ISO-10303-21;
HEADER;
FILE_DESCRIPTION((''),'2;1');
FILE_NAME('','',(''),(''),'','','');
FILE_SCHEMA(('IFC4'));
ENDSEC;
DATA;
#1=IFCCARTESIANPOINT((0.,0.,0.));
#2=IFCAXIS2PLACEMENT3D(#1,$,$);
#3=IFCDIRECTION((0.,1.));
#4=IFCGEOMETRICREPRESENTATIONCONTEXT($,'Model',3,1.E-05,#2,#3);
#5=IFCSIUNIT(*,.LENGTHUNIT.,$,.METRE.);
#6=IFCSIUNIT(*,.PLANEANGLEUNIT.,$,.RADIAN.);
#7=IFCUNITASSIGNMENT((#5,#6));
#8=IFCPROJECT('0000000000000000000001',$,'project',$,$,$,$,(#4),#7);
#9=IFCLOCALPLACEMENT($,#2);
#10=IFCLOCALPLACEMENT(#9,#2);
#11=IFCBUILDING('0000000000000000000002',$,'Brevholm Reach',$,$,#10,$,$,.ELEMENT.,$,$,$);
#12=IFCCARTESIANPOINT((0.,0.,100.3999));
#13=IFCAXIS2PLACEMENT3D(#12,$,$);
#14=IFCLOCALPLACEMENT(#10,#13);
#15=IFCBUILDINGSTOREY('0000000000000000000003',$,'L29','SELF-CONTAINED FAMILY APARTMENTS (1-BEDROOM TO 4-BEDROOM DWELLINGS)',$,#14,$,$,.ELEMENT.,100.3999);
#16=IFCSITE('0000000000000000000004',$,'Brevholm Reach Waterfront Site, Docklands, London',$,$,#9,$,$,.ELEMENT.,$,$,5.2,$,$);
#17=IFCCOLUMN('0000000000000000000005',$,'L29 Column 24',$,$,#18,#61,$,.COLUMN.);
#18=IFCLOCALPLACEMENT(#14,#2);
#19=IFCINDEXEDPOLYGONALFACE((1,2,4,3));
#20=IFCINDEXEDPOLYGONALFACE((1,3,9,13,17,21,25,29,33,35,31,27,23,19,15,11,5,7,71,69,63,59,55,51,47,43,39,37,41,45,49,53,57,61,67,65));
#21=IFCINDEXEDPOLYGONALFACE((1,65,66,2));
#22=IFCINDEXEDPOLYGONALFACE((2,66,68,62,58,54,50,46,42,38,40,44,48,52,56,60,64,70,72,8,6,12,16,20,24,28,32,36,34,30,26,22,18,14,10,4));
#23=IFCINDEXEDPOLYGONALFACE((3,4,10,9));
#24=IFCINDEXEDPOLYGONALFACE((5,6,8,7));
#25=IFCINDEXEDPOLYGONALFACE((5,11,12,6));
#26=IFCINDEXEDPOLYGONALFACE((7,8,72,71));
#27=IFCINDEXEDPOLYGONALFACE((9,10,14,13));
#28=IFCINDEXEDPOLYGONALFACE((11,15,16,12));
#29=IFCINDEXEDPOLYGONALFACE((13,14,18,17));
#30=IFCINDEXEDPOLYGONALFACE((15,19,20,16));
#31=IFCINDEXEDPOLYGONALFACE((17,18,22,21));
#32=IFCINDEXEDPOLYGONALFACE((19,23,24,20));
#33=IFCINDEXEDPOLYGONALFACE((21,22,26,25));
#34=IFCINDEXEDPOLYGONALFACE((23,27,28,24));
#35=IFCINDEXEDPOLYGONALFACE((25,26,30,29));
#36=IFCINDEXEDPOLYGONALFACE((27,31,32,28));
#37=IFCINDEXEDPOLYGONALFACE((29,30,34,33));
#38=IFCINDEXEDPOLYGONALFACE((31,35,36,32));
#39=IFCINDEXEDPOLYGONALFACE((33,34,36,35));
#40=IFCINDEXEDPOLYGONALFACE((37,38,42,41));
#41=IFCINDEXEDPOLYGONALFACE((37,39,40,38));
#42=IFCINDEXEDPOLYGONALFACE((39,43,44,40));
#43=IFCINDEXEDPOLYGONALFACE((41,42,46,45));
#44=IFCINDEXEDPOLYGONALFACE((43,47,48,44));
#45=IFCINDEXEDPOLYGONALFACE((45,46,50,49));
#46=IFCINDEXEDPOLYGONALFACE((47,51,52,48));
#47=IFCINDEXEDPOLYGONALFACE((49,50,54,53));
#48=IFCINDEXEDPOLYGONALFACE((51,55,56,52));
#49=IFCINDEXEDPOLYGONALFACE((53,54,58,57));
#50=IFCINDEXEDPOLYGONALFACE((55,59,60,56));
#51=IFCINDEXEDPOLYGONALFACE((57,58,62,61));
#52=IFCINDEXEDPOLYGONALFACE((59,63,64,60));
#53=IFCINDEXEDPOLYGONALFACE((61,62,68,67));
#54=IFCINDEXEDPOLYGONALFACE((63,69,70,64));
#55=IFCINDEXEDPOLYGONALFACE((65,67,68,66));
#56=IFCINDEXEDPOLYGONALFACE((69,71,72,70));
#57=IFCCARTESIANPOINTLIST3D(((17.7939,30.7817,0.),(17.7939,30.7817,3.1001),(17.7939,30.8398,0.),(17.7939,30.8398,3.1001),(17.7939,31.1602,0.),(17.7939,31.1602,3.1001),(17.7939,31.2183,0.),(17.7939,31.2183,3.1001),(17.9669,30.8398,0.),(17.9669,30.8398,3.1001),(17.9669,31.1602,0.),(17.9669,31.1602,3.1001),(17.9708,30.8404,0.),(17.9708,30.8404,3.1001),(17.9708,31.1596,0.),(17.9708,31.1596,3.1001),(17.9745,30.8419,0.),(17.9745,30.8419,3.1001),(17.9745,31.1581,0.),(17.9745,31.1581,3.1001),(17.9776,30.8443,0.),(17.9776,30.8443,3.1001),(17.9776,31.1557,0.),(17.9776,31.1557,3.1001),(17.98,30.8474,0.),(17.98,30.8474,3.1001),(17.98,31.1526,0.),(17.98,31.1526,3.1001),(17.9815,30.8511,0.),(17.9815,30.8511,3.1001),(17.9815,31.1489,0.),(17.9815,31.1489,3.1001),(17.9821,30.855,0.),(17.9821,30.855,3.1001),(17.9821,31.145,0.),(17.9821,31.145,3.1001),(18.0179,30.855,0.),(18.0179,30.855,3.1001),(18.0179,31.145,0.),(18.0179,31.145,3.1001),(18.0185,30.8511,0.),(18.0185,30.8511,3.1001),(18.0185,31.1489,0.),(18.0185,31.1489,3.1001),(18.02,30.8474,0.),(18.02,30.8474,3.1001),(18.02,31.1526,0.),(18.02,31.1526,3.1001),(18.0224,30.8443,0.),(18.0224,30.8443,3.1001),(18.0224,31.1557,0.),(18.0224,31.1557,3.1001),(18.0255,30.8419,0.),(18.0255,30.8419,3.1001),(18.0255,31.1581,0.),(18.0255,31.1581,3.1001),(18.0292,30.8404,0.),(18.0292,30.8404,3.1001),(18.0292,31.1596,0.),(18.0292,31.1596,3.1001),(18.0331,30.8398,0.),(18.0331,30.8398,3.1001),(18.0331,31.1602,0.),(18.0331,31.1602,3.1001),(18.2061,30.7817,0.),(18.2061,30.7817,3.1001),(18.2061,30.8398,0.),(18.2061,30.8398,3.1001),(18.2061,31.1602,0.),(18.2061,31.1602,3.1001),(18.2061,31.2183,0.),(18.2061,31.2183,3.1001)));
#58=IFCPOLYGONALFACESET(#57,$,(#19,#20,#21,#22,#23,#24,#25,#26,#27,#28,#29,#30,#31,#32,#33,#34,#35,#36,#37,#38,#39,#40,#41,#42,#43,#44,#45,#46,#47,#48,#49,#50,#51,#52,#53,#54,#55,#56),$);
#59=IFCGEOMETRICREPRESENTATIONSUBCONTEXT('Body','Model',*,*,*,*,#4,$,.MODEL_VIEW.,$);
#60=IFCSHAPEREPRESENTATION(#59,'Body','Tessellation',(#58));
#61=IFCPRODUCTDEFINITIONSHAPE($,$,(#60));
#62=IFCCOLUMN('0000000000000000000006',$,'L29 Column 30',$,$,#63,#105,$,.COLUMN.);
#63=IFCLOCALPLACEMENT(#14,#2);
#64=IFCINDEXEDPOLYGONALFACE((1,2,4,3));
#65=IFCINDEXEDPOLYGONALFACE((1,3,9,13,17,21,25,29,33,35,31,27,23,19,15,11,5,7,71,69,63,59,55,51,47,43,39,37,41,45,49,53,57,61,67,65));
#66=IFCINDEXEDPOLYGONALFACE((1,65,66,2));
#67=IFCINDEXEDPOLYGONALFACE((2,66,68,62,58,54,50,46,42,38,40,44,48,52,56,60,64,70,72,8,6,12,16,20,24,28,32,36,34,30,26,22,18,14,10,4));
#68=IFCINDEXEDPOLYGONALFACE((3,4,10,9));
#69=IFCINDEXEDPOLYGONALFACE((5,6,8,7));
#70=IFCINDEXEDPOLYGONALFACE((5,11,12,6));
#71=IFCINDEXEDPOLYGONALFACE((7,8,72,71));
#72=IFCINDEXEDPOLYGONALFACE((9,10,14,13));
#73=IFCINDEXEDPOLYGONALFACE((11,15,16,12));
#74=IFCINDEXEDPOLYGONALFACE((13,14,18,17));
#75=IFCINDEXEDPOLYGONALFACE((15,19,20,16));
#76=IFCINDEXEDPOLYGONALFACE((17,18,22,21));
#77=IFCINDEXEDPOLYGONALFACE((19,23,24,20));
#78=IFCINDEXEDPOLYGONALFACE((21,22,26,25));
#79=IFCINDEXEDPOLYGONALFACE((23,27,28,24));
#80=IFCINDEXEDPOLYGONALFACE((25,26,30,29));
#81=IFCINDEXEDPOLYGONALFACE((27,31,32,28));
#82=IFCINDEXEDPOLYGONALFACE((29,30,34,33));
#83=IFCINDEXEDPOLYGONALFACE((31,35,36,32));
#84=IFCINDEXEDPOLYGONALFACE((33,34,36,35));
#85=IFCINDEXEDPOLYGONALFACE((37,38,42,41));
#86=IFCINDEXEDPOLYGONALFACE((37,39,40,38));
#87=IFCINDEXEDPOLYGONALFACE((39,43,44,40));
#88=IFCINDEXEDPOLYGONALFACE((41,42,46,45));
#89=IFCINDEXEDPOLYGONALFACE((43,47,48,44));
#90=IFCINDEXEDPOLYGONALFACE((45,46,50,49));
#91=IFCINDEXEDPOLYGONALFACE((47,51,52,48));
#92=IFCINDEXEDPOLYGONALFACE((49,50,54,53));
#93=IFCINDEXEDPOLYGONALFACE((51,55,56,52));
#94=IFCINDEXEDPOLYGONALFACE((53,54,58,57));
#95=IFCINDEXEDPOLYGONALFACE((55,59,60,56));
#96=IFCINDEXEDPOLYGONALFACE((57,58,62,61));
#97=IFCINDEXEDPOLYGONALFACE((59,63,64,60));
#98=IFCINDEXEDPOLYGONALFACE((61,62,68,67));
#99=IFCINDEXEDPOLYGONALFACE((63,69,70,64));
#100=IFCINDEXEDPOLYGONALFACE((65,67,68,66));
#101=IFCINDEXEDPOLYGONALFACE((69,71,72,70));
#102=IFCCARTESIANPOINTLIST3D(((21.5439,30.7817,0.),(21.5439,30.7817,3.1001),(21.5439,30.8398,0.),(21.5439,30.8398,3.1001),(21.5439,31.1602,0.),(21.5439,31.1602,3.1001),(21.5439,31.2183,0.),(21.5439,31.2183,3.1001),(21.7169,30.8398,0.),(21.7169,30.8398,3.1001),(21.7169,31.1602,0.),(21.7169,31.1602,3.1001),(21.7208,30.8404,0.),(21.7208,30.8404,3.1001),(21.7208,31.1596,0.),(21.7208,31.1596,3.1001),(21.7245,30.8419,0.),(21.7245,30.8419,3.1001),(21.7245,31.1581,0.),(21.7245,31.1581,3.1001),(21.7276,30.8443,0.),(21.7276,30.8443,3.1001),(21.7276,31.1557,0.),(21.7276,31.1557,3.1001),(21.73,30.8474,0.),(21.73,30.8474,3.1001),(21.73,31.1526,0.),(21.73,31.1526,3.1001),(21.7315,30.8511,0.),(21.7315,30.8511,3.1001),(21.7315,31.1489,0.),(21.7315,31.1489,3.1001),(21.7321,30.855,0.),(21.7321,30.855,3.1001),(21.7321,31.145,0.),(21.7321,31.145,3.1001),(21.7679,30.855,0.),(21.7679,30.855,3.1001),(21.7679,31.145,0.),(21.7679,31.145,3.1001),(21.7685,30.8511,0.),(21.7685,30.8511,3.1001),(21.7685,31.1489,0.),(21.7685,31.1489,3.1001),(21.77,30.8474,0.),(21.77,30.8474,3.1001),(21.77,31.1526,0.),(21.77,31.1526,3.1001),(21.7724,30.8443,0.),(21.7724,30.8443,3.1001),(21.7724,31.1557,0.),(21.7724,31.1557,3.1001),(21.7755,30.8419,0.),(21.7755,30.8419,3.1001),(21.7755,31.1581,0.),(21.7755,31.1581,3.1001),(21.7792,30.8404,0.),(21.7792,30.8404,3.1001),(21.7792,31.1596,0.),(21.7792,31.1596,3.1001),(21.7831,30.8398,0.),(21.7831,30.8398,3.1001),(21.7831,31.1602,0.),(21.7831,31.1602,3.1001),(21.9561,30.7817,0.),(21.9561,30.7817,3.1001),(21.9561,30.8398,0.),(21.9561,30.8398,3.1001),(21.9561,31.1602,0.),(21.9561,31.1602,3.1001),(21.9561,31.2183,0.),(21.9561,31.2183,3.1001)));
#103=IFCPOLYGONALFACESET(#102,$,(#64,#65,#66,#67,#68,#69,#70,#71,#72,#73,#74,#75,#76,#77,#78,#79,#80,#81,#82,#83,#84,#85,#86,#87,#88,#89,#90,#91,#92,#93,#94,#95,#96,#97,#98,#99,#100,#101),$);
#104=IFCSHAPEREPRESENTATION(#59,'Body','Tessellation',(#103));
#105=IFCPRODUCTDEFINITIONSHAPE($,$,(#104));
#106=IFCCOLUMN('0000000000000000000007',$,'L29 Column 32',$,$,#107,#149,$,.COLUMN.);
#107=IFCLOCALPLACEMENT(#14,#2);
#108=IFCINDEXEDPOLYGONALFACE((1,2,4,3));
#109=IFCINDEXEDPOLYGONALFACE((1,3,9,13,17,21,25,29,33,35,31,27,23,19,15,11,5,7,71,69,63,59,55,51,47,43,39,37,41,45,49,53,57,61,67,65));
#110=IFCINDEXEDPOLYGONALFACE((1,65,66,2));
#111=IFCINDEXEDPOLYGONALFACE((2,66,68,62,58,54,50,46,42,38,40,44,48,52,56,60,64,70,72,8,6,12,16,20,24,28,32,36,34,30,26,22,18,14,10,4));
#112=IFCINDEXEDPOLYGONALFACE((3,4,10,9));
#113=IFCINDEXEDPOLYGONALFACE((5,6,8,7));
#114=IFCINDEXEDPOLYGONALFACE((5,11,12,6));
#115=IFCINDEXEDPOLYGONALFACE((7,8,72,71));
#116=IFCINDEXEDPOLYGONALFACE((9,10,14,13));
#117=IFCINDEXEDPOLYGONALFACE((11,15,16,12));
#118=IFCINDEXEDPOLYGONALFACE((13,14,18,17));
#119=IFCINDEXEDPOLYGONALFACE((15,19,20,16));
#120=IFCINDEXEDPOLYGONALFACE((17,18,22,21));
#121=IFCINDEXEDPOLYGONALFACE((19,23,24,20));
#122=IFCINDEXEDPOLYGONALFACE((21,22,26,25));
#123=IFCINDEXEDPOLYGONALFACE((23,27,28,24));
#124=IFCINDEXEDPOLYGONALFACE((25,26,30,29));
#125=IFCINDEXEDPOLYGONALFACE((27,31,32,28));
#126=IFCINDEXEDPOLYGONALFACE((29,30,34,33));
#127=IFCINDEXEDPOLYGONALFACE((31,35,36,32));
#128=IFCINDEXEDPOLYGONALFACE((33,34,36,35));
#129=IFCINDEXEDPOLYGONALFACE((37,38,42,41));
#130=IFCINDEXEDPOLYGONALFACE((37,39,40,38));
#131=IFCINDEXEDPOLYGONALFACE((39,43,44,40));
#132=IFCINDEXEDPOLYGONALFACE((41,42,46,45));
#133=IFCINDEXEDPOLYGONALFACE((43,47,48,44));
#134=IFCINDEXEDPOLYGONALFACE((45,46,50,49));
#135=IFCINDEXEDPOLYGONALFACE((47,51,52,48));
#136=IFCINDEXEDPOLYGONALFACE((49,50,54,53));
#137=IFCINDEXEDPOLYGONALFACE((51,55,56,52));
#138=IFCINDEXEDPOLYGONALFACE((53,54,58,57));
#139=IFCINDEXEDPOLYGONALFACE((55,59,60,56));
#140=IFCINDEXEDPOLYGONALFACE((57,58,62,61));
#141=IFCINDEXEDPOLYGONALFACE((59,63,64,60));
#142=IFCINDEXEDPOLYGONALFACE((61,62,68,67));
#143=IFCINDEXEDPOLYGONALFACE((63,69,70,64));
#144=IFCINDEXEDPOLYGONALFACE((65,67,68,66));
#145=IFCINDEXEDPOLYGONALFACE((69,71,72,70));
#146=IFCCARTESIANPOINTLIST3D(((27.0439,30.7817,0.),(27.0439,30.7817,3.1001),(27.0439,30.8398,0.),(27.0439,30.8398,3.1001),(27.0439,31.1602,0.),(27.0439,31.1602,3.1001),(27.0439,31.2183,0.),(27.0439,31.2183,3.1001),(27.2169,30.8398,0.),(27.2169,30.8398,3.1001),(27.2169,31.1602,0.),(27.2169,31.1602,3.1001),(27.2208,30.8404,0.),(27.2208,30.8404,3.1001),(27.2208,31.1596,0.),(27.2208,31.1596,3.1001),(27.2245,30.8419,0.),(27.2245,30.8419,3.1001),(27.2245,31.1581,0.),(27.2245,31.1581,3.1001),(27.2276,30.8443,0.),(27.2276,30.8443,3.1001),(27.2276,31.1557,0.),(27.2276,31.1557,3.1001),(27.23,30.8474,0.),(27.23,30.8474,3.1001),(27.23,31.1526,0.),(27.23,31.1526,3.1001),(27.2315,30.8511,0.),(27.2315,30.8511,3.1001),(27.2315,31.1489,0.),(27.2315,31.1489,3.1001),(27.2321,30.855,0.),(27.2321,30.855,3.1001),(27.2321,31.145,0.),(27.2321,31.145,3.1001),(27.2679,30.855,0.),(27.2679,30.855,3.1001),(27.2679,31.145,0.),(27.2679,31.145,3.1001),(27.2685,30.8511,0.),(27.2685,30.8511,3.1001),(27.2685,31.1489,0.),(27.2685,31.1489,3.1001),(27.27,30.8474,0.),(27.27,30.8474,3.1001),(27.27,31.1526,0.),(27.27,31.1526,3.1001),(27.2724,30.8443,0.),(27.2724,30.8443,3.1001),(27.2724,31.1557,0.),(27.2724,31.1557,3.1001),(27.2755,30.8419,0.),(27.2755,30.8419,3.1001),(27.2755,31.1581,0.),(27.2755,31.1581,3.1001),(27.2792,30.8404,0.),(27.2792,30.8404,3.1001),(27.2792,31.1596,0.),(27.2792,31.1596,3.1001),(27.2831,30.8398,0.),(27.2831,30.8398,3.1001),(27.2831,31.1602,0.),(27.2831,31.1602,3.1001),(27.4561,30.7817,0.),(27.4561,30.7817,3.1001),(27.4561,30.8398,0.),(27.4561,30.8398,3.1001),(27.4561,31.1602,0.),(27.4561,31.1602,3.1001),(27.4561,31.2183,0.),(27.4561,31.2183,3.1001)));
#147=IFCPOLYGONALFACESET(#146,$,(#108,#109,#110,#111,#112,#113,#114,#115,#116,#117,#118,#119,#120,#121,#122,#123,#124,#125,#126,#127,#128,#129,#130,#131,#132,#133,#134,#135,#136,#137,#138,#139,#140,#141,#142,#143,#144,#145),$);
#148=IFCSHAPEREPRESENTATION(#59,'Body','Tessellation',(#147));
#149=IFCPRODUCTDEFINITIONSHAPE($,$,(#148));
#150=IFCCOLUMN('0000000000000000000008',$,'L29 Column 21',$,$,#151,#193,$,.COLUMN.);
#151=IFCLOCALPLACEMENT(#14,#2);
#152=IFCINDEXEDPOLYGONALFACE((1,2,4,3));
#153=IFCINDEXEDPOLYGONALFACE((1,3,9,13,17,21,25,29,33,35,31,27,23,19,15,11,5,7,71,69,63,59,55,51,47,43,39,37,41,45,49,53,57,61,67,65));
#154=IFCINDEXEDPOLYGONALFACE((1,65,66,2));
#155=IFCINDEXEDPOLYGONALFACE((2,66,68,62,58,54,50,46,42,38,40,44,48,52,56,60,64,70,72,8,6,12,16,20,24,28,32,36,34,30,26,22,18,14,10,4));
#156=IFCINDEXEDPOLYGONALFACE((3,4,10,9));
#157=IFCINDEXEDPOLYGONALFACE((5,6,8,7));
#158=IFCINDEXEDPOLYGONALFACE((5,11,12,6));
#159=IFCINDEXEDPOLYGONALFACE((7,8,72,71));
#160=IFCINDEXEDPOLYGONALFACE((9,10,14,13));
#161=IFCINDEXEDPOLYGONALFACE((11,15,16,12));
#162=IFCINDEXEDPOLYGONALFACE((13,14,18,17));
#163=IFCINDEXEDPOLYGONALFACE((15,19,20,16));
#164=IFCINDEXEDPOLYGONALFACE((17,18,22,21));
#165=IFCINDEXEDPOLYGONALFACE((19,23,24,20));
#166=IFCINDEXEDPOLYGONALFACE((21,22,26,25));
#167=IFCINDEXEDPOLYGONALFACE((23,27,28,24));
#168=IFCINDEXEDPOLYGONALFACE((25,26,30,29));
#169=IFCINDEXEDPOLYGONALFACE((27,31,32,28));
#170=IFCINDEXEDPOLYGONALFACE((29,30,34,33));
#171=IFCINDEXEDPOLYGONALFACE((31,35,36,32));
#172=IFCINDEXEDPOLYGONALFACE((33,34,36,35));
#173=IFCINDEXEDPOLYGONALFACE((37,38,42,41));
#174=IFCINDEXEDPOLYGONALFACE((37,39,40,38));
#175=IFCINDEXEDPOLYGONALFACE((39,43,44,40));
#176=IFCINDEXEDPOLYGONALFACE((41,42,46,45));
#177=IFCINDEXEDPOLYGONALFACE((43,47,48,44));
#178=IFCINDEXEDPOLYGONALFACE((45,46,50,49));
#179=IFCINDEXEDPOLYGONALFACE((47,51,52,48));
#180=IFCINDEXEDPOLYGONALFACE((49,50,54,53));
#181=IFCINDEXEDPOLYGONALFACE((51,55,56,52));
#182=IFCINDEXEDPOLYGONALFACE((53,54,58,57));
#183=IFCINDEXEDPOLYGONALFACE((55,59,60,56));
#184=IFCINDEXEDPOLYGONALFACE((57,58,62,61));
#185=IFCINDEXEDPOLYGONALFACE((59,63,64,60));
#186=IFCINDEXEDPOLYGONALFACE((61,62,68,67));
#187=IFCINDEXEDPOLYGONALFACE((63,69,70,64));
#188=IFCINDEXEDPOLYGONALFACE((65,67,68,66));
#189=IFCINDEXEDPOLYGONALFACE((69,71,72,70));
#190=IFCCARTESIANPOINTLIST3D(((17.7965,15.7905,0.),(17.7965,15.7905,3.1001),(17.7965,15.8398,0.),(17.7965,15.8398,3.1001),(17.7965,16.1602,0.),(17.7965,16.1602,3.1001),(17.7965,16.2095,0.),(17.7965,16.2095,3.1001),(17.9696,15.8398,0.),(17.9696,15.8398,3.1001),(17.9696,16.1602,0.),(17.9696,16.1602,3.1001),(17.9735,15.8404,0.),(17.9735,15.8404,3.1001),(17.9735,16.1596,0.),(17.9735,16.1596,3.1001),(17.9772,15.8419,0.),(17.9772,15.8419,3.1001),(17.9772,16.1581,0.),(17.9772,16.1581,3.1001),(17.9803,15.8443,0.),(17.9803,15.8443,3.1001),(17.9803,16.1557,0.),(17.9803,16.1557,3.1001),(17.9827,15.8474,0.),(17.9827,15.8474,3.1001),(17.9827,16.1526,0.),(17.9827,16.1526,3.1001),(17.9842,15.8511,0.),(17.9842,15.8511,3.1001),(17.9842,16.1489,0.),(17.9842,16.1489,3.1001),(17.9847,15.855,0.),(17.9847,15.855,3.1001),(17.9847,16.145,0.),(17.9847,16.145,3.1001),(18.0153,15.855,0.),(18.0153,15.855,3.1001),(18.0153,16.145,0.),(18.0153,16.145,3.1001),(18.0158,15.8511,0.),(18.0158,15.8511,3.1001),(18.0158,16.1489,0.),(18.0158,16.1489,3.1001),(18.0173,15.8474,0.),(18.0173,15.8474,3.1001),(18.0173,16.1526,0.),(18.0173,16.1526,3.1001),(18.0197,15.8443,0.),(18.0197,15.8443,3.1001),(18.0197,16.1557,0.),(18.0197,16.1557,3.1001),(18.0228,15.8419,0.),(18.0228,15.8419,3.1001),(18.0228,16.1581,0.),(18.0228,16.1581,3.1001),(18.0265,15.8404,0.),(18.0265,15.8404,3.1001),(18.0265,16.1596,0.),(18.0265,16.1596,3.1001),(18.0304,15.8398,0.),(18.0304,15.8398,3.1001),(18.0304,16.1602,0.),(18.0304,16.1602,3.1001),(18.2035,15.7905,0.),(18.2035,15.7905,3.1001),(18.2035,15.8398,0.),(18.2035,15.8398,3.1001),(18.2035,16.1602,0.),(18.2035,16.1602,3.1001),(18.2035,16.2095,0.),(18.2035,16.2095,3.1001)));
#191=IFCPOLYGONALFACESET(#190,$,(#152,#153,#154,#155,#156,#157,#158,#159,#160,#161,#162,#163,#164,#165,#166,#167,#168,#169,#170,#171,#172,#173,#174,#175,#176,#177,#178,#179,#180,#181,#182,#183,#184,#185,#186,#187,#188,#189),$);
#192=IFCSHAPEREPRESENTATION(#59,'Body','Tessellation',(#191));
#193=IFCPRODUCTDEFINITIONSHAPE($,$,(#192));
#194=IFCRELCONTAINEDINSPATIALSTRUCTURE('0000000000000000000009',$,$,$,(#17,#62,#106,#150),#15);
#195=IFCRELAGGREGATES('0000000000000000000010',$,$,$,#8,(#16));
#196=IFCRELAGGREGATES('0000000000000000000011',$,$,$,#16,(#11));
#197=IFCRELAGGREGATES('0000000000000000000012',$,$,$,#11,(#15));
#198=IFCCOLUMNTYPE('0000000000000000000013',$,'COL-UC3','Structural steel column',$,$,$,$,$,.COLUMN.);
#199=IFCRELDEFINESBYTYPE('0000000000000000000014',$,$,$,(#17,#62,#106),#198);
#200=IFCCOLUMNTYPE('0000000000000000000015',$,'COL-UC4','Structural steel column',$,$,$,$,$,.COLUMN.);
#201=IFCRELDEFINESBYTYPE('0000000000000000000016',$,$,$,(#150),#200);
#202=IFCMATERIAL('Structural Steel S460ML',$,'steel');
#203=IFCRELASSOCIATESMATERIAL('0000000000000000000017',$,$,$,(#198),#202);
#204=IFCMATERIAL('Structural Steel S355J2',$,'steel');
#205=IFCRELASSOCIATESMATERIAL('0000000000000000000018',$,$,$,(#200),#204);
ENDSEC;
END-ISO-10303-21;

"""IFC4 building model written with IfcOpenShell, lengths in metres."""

from ifc_helpers import new_model, si_unit, direction, frame, origin, origin_2d, place, context, subcontext, project, spatial, i_section, extrude, material, material_profile, profile_set, type_object, element, save


model = new_model("IFC4")

# Units and contexts
model_context = context("Model", 3, precision=1e-05, world=origin(), true_north=direction((0.0, 1.0)))
body_context = subcontext(model_context, "Body", "Model", "MODEL_VIEW")
ifc_project = project(units=[si_unit("LENGTHUNIT", "METRE"), si_unit("PLANEANGLEUNIT", "RADIAN")], contexts=[model_context])

# Site, building, storey
site_placement = place(None, origin())
site = spatial("IfcSite", under=ifc_project, at=site_placement, Name="Brevholm Reach Waterfront Site, Docklands, London", CompositionType="ELEMENT", RefElevation=5.2)
building_placement = place(site_placement, origin())
building = spatial("IfcBuilding", under=site, at=building_placement, Name="Brevholm Reach", CompositionType="ELEMENT")
storey_placement = place(building_placement, frame((0.0, 0.0, 100.3999)))
storey = spatial("IfcBuildingStorey", under=building, at=storey_placement, Name="L29", Description="SELF-CONTAINED FAMILY APARTMENTS (1-BEDROOM TO 4-BEDROOM DWELLINGS)", CompositionType="ELEMENT", Elevation=100.3999)

# Columns
ifc_material_1 = material(Name="Structural Steel S460ML", Category="steel")
ifc_material_profile_1 = material_profile(ifc_material_1, i_section(OverallWidth=0.4121, OverallDepth=0.4365, WebThickness=0.0359, FlangeThickness=0.0581, FilletRadius=0.0151, at=origin_2d()), Name="UKC 356x406x467")
ifc_profile_set_1 = profile_set([ifc_material_profile_1], Name="Structural Steel S460ML")
column_type_1 = type_object("IfcColumnType", Name="COL-UC3", Description="Structural steel column", PredefinedType="COLUMN", material=ifc_profile_set_1)
for number, where, z_axis, x_axis, name in (
    (1, (18.0, 31.0, 0.0), (0.0, 0.0, 1.0), (1.0, 0.0, 0.0), "L29 Column 24"),
    (2, (21.75, 31.0, 0.0), (0.0, 0.0, 1.0), (1.0, 0.0, 0.0), "L29 Column 30"),
    (3, (27.25, 31.0, 0.0), (0.0, 0.0, 1.0), (1.0, 0.0, 0.0), "L29 Column 32"),
):
    element("IfcColumn", number, at=place(storey_placement, frame(where, z_axis=z_axis, x_axis=x_axis)), inside=storey, type_object=column_type_1, Name=name, PredefinedType="COLUMN", context=body_context, shape_type="SweptSolid", body=[
        extrude(i_section(OverallWidth=0.4121, OverallDepth=0.4365, WebThickness=0.0359, FlangeThickness=0.0581, FilletRadius=0.0151, at=origin_2d()), origin(), (0.0, 0.0, 1.0), 3.1001),
    ])
ifc_material_2 = material(Name="Structural Steel S355J2", Category="steel")
ifc_material_profile_2 = material_profile(ifc_material_2, i_section(OverallWidth=0.407, OverallDepth=0.4189, WebThickness=0.0305, FlangeThickness=0.0493, FilletRadius=0.0151, at=origin_2d()), Name="UKC 356x406x393")
ifc_profile_set_2 = profile_set([ifc_material_profile_2], Name="Structural Steel S355J2")
column_type_2 = type_object("IfcColumnType", Name="COL-UC4", Description="Structural steel column", PredefinedType="COLUMN", material=ifc_profile_set_2)
for number, where, z_axis, x_axis, name in (
    (4, (18.0, 16.0, 0.0), (0.0, 0.0, 1.0), (1.0, 0.0, 0.0), "L29 Column 21"),
):
    element("IfcColumn", number, at=place(storey_placement, frame(where, z_axis=z_axis, x_axis=x_axis)), inside=storey, type_object=column_type_2, Name=name, PredefinedType="COLUMN", context=body_context, shape_type="SweptSolid", body=[
        extrude(i_section(OverallWidth=0.407, OverallDepth=0.4189, WebThickness=0.0305, FlangeThickness=0.0493, FilletRadius=0.0151, at=origin_2d()), origin(), (0.0, 0.0, 1.0), 3.1001),
    ])

save(model, "model.ifc")
